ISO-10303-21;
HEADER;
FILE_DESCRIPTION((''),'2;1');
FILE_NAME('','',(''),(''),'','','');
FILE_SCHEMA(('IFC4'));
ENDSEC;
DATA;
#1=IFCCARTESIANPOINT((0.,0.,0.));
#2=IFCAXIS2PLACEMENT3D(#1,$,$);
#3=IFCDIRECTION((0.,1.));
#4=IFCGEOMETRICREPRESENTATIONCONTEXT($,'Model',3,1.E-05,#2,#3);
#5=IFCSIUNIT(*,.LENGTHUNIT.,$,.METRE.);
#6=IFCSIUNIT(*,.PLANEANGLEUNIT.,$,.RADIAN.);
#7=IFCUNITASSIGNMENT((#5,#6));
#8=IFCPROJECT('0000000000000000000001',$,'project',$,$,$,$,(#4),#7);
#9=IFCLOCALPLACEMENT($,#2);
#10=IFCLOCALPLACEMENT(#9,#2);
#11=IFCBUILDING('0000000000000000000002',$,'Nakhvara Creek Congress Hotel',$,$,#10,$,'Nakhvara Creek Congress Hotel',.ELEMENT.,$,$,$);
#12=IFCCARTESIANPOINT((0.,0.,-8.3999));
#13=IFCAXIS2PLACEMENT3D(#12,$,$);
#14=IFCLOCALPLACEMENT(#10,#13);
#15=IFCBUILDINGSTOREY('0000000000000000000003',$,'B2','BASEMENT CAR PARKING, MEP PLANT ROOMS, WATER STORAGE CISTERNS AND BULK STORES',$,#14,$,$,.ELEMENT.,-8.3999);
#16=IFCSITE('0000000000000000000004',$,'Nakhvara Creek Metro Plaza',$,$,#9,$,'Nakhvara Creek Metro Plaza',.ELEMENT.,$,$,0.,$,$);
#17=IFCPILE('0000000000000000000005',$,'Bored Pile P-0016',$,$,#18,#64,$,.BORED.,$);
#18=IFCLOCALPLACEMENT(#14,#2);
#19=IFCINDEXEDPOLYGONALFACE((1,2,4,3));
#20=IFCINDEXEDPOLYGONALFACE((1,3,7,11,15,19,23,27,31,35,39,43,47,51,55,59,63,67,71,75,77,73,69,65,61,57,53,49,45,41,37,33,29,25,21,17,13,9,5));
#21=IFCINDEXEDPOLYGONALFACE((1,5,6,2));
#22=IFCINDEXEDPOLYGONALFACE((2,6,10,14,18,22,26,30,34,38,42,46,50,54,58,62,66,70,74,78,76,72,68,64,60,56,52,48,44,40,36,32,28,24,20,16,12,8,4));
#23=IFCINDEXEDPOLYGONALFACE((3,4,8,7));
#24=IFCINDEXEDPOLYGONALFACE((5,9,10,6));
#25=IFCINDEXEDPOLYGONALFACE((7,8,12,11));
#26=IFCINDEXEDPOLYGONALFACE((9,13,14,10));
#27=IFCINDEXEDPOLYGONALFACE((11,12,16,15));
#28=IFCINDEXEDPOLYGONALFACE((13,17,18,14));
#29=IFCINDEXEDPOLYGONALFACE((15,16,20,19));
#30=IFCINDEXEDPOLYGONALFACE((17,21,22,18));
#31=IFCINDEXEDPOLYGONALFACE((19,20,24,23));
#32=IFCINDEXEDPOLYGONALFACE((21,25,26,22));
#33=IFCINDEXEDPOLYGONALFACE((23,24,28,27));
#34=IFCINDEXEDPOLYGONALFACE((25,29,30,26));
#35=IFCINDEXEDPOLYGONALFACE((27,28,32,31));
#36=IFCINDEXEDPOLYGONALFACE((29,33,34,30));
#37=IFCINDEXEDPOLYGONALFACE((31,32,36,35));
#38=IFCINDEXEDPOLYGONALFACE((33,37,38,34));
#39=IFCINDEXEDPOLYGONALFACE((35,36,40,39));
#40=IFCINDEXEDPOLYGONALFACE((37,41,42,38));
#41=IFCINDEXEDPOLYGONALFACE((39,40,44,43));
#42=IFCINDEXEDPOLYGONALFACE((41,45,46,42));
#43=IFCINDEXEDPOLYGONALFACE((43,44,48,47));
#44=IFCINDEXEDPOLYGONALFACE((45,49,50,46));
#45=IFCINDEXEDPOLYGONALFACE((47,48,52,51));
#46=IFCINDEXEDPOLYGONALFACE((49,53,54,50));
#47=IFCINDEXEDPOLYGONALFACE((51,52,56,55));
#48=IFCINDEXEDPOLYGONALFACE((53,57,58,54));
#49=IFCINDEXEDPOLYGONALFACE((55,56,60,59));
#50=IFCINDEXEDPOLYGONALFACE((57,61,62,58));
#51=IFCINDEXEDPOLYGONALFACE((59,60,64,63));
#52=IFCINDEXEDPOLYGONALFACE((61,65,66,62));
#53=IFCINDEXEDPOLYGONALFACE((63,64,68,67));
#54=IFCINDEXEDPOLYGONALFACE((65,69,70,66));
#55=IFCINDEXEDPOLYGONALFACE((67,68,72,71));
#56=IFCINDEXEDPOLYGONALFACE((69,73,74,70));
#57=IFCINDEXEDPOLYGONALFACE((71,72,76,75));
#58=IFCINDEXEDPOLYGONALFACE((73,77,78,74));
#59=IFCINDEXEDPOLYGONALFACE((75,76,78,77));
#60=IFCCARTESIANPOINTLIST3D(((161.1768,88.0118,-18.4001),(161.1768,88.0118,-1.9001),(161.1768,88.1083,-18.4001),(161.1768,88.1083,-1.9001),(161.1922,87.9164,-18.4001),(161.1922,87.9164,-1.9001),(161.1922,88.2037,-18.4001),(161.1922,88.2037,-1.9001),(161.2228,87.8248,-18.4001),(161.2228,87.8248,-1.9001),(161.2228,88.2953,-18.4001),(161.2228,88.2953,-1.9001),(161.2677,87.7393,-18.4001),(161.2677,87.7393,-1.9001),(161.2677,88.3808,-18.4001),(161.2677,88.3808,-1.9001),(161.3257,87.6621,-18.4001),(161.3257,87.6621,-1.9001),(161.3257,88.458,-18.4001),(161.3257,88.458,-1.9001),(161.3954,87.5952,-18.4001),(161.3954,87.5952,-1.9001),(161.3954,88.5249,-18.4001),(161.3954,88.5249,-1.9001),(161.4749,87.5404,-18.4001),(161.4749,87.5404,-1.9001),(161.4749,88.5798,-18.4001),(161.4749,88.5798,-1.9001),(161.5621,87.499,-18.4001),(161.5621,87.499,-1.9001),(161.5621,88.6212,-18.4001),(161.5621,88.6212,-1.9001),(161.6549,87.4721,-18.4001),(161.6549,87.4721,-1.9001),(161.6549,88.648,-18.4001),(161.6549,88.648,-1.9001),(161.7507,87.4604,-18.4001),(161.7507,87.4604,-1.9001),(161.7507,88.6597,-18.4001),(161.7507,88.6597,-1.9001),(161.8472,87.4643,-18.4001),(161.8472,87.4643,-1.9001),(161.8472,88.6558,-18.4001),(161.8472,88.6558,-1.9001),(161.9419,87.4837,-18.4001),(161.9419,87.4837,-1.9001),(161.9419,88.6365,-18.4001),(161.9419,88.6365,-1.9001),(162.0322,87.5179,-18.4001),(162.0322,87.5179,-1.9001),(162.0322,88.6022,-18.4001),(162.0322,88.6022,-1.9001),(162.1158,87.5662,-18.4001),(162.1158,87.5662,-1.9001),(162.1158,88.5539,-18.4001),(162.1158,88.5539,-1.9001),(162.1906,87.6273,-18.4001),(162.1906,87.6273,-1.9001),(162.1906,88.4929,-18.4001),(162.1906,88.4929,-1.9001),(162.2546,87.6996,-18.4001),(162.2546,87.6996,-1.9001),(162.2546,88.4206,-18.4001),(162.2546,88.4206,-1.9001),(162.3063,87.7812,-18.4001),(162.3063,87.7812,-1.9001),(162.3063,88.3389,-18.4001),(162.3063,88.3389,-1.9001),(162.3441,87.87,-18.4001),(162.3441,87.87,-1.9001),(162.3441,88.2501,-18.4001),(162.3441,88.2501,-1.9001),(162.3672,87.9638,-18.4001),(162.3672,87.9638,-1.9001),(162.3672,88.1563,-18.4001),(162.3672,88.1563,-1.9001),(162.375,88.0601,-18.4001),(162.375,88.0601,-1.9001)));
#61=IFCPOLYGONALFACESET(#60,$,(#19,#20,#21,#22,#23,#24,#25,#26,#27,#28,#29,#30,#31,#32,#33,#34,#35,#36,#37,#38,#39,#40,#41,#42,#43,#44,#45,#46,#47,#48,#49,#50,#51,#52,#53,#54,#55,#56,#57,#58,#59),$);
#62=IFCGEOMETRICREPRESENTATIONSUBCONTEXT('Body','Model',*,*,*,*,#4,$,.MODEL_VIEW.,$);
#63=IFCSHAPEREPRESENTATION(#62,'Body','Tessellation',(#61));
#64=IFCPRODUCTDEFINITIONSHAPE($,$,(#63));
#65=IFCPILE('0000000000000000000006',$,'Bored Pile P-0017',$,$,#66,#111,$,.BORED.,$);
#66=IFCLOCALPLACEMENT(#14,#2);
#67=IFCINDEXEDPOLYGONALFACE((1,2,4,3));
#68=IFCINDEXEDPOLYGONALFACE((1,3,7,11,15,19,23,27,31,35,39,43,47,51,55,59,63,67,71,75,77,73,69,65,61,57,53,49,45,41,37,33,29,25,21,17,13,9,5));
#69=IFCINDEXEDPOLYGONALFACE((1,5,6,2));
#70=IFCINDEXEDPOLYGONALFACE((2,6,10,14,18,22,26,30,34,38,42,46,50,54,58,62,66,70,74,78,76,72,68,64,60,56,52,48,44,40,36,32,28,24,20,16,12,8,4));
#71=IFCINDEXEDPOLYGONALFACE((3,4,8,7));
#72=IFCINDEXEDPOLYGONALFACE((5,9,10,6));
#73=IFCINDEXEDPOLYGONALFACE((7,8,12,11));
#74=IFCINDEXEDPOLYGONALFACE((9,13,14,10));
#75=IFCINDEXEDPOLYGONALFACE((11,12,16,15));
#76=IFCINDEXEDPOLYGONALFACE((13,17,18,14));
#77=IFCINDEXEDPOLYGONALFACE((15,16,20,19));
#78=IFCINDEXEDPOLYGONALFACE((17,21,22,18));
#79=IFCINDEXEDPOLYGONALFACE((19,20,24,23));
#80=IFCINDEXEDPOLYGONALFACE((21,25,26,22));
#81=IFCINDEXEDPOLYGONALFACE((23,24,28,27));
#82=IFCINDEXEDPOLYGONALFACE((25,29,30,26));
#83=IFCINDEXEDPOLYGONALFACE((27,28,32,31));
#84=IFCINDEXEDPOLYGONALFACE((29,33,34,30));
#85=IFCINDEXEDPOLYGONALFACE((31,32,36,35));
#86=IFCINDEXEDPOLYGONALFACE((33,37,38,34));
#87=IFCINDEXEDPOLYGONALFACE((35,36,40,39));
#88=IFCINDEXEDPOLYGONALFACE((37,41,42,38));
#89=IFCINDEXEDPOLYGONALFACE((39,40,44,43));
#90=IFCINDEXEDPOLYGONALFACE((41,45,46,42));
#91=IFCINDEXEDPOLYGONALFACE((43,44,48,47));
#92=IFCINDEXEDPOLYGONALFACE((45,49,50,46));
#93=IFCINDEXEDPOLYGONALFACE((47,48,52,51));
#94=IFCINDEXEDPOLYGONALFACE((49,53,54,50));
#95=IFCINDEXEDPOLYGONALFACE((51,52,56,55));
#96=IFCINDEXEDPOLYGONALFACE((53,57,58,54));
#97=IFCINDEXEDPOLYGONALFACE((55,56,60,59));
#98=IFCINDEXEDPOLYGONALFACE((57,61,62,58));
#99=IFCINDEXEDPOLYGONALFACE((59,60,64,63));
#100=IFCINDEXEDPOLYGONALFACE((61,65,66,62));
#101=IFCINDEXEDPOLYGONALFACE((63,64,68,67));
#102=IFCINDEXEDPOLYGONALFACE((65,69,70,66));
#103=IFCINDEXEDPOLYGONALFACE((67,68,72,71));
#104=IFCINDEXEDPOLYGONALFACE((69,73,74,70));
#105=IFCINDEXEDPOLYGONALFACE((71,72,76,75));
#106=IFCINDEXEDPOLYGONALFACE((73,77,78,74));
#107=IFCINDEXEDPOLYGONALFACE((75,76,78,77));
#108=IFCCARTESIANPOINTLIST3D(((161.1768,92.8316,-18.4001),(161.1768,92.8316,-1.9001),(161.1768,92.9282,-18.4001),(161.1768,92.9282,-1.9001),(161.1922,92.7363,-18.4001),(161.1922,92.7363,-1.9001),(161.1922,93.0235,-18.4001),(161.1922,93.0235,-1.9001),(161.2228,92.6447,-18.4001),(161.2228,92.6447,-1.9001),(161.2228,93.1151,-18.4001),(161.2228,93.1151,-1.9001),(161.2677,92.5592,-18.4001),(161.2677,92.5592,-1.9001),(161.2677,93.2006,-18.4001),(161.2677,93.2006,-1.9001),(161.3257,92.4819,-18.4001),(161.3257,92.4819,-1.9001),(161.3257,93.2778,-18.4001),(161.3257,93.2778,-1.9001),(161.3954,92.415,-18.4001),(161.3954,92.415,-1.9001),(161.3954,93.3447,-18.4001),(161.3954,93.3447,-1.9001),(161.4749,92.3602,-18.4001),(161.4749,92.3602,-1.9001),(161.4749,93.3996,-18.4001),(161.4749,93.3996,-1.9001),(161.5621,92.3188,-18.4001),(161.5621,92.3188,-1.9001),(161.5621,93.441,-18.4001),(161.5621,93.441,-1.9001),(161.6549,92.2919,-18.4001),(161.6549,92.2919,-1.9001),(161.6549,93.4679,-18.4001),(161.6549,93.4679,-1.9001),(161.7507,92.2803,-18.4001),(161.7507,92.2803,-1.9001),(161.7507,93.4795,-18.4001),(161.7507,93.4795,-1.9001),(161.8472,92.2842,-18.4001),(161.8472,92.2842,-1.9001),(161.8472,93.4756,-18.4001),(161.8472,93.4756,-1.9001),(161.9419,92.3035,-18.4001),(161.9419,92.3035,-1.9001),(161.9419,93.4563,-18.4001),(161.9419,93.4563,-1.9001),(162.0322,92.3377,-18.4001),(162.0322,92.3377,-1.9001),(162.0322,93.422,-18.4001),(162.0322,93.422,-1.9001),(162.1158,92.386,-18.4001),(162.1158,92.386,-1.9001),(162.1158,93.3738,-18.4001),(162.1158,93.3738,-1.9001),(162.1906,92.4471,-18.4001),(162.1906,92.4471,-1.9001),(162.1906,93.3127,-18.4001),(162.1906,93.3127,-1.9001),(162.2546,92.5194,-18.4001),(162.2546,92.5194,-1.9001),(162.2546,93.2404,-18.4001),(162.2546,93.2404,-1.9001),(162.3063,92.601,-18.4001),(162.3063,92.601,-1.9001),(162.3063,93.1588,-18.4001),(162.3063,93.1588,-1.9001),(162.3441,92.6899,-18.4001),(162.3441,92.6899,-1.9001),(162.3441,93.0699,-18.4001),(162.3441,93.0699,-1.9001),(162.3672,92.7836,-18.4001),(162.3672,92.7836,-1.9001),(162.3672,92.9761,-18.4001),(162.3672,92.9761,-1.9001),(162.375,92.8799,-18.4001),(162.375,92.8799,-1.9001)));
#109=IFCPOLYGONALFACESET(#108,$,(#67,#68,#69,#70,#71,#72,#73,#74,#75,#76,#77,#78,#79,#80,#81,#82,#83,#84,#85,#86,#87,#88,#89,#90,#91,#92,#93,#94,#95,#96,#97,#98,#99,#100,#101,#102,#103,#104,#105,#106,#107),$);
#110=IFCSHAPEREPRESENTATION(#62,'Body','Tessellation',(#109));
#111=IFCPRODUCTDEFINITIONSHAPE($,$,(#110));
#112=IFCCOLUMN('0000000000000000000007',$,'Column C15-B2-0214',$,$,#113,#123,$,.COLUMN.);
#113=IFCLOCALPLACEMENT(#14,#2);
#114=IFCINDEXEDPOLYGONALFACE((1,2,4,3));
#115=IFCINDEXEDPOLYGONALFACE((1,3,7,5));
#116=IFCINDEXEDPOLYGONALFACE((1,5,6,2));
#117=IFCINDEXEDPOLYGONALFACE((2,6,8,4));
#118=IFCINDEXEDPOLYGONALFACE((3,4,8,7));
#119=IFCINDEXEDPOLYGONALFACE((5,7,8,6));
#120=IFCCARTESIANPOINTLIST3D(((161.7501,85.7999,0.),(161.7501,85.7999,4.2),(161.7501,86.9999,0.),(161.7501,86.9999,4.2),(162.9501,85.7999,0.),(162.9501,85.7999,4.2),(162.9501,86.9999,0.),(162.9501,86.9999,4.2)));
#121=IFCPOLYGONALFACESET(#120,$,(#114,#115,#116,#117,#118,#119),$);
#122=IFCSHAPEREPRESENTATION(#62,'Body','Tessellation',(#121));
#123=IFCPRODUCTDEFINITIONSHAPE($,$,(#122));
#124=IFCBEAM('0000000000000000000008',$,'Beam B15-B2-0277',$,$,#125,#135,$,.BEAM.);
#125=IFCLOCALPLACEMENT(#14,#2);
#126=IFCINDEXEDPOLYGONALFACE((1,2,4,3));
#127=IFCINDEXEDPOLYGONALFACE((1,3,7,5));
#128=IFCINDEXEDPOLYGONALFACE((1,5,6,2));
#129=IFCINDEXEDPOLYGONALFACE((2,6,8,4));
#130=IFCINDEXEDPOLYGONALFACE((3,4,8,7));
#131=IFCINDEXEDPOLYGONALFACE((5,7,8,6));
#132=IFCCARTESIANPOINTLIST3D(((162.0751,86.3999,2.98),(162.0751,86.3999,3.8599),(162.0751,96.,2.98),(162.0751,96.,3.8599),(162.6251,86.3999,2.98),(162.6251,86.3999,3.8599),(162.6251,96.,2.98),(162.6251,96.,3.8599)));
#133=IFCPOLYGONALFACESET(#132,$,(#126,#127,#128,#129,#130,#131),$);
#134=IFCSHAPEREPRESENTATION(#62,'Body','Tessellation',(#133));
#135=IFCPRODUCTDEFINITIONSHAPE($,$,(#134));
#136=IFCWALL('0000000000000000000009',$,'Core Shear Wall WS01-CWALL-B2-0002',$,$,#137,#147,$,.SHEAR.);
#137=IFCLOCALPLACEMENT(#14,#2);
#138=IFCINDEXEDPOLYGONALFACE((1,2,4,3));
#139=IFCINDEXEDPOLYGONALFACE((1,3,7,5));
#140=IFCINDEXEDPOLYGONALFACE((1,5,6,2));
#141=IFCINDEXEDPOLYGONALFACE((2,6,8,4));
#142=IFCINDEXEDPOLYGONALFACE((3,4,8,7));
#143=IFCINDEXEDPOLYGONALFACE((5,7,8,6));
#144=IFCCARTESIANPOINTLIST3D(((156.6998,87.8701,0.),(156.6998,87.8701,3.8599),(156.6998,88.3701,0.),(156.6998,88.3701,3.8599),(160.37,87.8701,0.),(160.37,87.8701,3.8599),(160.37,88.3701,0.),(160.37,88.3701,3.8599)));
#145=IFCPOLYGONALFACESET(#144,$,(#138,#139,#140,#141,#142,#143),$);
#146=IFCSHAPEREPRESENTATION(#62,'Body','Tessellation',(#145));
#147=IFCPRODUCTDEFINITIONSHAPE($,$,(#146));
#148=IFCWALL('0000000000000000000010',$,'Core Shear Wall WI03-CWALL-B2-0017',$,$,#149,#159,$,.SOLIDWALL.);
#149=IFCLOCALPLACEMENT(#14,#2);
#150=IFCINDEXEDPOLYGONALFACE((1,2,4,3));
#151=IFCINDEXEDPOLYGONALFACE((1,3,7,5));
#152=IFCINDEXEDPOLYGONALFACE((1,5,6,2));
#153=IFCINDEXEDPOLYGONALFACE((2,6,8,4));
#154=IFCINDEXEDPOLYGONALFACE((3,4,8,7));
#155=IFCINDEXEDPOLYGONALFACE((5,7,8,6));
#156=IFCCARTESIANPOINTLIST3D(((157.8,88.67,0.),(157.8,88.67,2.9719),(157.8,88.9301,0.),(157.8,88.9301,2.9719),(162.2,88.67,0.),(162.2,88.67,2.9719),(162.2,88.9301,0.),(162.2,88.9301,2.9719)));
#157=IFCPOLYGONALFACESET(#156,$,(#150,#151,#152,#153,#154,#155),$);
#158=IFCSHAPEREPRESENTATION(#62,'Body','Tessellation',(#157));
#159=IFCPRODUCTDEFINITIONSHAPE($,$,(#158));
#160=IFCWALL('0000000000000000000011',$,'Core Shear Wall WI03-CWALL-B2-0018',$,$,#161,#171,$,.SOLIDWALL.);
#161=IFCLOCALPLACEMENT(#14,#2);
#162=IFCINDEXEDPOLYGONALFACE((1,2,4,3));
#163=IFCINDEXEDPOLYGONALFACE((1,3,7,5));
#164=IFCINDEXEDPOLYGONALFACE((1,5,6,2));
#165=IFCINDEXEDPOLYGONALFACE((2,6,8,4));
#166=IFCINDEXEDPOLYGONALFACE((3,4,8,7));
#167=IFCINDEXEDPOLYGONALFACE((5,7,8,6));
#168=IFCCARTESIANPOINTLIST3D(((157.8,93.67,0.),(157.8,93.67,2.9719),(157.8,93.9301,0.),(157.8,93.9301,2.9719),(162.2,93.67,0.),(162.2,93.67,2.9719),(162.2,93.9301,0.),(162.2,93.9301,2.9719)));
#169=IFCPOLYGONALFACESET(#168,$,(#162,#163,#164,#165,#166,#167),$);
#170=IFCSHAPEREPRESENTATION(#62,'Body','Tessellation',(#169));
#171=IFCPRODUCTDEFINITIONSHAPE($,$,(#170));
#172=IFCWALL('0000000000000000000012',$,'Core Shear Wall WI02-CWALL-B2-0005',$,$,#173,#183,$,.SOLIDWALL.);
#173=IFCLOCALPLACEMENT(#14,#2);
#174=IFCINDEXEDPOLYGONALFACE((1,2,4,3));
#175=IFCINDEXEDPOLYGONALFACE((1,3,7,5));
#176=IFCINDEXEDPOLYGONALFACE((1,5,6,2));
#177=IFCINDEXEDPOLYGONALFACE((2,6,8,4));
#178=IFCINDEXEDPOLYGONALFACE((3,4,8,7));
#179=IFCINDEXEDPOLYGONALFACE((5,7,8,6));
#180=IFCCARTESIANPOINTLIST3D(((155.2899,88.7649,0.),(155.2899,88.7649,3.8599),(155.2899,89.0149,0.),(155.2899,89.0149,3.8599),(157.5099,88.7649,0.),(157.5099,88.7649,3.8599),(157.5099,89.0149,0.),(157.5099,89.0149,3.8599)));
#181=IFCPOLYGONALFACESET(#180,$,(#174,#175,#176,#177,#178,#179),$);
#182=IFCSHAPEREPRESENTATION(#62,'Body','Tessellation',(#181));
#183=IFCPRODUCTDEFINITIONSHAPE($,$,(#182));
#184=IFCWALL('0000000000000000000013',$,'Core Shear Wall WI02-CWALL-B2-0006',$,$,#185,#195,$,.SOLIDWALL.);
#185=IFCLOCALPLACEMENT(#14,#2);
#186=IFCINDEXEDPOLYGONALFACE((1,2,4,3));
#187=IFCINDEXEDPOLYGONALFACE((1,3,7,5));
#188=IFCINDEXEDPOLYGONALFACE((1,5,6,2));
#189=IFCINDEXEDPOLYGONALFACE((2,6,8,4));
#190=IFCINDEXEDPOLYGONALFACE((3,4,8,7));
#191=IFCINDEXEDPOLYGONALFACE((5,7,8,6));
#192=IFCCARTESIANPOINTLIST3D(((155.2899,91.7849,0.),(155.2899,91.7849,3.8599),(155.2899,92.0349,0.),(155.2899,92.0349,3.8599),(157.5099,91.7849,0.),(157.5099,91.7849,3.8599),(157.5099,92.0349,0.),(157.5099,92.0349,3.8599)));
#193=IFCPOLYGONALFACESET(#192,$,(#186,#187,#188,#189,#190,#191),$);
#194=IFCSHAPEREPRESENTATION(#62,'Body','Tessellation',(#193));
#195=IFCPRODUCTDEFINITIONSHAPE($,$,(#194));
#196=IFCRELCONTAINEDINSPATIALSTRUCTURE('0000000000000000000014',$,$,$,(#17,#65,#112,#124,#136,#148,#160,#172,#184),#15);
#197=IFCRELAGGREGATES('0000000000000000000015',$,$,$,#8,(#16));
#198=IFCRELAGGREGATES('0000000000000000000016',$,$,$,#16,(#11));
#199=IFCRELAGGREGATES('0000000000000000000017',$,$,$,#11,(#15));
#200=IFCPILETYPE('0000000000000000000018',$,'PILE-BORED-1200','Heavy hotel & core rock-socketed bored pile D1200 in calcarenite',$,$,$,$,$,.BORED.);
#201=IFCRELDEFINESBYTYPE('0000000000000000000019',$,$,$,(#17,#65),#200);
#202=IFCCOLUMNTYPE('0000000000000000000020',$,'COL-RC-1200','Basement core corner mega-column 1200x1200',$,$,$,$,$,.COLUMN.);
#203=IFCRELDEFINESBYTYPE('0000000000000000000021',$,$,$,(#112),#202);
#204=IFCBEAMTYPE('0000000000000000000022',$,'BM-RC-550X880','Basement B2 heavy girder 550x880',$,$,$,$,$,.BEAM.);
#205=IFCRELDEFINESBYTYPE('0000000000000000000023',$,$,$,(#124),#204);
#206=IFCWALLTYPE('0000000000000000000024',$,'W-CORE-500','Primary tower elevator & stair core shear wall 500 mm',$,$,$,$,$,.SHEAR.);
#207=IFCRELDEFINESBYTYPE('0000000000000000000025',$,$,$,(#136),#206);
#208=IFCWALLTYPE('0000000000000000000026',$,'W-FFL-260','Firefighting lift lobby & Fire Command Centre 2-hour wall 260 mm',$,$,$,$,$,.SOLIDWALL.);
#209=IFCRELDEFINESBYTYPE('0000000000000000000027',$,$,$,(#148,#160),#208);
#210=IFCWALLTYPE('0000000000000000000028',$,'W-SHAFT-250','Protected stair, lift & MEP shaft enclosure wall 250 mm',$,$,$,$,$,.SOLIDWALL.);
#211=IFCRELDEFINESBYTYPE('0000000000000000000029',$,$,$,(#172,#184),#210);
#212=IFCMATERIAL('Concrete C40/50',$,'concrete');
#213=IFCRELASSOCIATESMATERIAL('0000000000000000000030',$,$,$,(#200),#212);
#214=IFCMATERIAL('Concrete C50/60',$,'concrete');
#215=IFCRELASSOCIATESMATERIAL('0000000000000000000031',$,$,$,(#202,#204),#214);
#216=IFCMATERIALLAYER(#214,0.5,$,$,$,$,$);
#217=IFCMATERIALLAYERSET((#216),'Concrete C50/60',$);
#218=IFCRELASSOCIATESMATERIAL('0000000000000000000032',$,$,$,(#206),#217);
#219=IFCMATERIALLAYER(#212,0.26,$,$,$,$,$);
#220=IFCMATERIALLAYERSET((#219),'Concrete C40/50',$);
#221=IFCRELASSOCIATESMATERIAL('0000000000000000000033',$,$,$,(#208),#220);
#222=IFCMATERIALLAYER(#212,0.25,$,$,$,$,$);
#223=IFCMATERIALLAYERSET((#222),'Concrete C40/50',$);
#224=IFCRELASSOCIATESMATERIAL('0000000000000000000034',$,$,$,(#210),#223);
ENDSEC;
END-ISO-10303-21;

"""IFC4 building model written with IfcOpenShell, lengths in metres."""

from ifc_helpers import new_model, si_unit, direction, frame, frame_2d, origin, origin_2d, place, context, subcontext, project, spatial, rectangle, circle, extrude, material, layer, layer_set, material_profile, profile_set, type_object, element, save


model = new_model("IFC4")

# Units and contexts
model_context = context("Model", 3, precision=1e-05, world=origin(), true_north=direction((0.0, 1.0)))
body_context = subcontext(model_context, "Body", "Model", "MODEL_VIEW")
ifc_project = project(units=[si_unit("LENGTHUNIT", "METRE"), si_unit("PLANEANGLEUNIT", "RADIAN")], contexts=[model_context])

# Site, building, storey
site_placement = place(None, origin())
site = spatial("IfcSite", under=ifc_project, at=site_placement, Name="Nakhvara Creek Metro Plaza", LongName="Nakhvara Creek Metro Plaza", CompositionType="ELEMENT", RefElevation=0.0)
building_placement = place(site_placement, origin())
building = spatial("IfcBuilding", under=site, at=building_placement, Name="Nakhvara Creek Congress Hotel", LongName="Nakhvara Creek Congress Hotel", CompositionType="ELEMENT")
storey_placement = place(building_placement, frame((0.0, 0.0, -8.3999)))
storey = spatial("IfcBuildingStorey", under=building, at=storey_placement, Name="B2", Description="BASEMENT CAR PARKING, MEP PLANT ROOMS, WATER STORAGE CISTERNS AND BULK STORES", CompositionType="ELEMENT", Elevation=-8.3999)

# Shared definitions
ifc_material_1 = material(Name="Concrete C40/50", Category="concrete")

# Piles
ifc_material_profile_1 = material_profile(ifc_material_1, circle(Radius=0.6001, at=origin_2d()), Name="BORED PILE D1200", Category="LoadBearing")
ifc_profile_set_1 = profile_set([ifc_material_profile_1], Name="Concrete C40/50")
pile_type = type_object("IfcPileType", Name="PILE-BORED-1200", Description="Heavy hotel & core rock-socketed bored pile D1200 in calcarenite", PredefinedType="BORED", material=ifc_profile_set_1)
for number, where, z_axis, x_axis, name in (
    (1, (161.7749, 88.0601, -1.9001), (0.0, 0.0, -1.0), (1.0, 0.0, 0.0), "Bored Pile P-0016"),
    (2, (161.7749, 92.8799, -1.9001), (0.0, 0.0, -1.0), (1.0, 0.0, 0.0), "Bored Pile P-0017"),
):
    element("IfcPile", number, at=place(storey_placement, frame(where, z_axis=z_axis, x_axis=x_axis)), inside=storey, type_object=pile_type, Name=name, PredefinedType="BORED", context=body_context, shape_type="SweptSolid", body=[
        extrude(circle(Radius=0.6001, at=origin_2d()), origin(), (0.0, 0.0, 1.0), 16.5),
    ])

# Column
ifc_material_2 = material(Name="Concrete C50/60", Category="concrete")
ifc_material_profile_2 = material_profile(ifc_material_2, rectangle(XDim=1.2, YDim=1.2, at=origin_2d()), Name="RC-COL 1200x1200", Category="LoadBearing")
ifc_profile_set_2 = profile_set([ifc_material_profile_2], Name="Concrete C50/60")
column_type = type_object("IfcColumnType", Name="COL-RC-1200", Description="Basement core corner mega-column 1200x1200", PredefinedType="COLUMN", material=ifc_profile_set_2)
column_placement = place(storey_placement, frame((162.3501, 86.3999, 0.0), z_axis=(0.0, 0.0, 1.0), x_axis=(1.0, 0.0, 0.0)))
element("IfcColumn", 3, at=column_placement, inside=storey, type_object=column_type, Name="Column C15-B2-0214", PredefinedType="COLUMN", context=body_context, shape_type="SweptSolid", body=[
    extrude(rectangle(XDim=1.2, YDim=1.2, at=origin_2d()), origin(), (0.0, 0.0, 1.0), 4.2),
])

# Beam
ifc_material_profile_3 = material_profile(ifc_material_2, rectangle(XDim=0.55, YDim=0.8799, at=origin_2d()), Name="RC-BM 550x880", Category="LoadBearing")
ifc_profile_set_3 = profile_set([ifc_material_profile_3], Name="Concrete C50/60")
beam_type = type_object("IfcBeamType", Name="BM-RC-550X880", Description="Basement B2 heavy girder 550x880", PredefinedType="BEAM", material=ifc_profile_set_3)
beam_placement = place(storey_placement, frame((162.3501, 86.3999, 3.4199), z_axis=(0.0, 1.0, 0.0), x_axis=(-1.0, 0.0, 0.0)))
element("IfcBeam", 4, at=beam_placement, inside=storey, type_object=beam_type, Name="Beam B15-B2-0277", PredefinedType="BEAM", context=body_context, shape_type="SweptSolid", body=[
    extrude(rectangle(XDim=0.55, YDim=0.8799, at=origin_2d()), origin(), (0.0, 0.0, 1.0), 9.6001),
])

# Wall
ifc_layer_1 = layer(ifc_material_2, 0.5)
ifc_layer_set_1 = layer_set([ifc_layer_1], Name="Concrete C50/60")
wall_type_1 = type_object("IfcWallType", Name="W-CORE-500", Description="Primary tower elevator & stair core shear wall 500 mm", PredefinedType="SHEAR", material=ifc_layer_set_1)
wall_1_placement = place(storey_placement, frame((156.7, 88.1201, 0.0), z_axis=(0.0, 0.0, 1.0), x_axis=(1.0, 0.0, 0.0)))
element("IfcWall", 5, at=wall_1_placement, inside=storey, type_object=wall_type_1, Name="Core Shear Wall WS01-CWALL-B2-0002", PredefinedType="SHEAR", context=body_context, shape_type="SweptSolid", body=[
    extrude(rectangle(XDim=3.6702, YDim=0.5, at=frame_2d((1.835, 0.0))), origin(), (0.0, 0.0, 1.0), 3.8599),
])

# Shared definitions
ifc_layer_2 = layer(ifc_material_1, 0.26)
ifc_layer_set_2 = layer_set([ifc_layer_2], Name="Concrete C40/50")
wall_type_2 = type_object("IfcWallType", Name="W-FFL-260", Description="Firefighting lift lobby & Fire Command Centre 2-hour wall 260 mm", PredefinedType="SOLIDWALL", material=ifc_layer_set_2)

# Walls
for number, where, z_axis, x_axis, name in (
    (6, (157.8, 88.8, 0.0), (0.0, 0.0, 1.0), (1.0, 0.0, 0.0), "Core Shear Wall WI03-CWALL-B2-0017"),
    (7, (157.8, 93.8, 0.0), (0.0, 0.0, 1.0), (1.0, 0.0, 0.0), "Core Shear Wall WI03-CWALL-B2-0018"),
):
    element("IfcWall", number, at=place(storey_placement, frame(where, z_axis=z_axis, x_axis=x_axis)), inside=storey, type_object=wall_type_2, Name=name, PredefinedType="SOLIDWALL", context=body_context, shape_type="SweptSolid", body=[
        extrude(rectangle(XDim=4.3999, YDim=0.26, at=frame_2d((2.2, 0.0))), origin(), (0.0, 0.0, 1.0), 2.9719),
    ])
ifc_layer_3 = layer(ifc_material_1, 0.25)
ifc_layer_set_3 = layer_set([ifc_layer_3], Name="Concrete C40/50")
wall_type_3 = type_object("IfcWallType", Name="W-SHAFT-250", Description="Protected stair, lift & MEP shaft enclosure wall 250 mm", PredefinedType="SOLIDWALL", material=ifc_layer_set_3)
for number, where, z_axis, x_axis, name in (
    (8, (155.29, 88.8899, 0.0), (0.0, 0.0, 1.0), (1.0, 0.0, 0.0), "Core Shear Wall WI02-CWALL-B2-0005"),
    (9, (155.29, 91.9099, 0.0), (0.0, 0.0, 1.0), (1.0, 0.0, 0.0), "Core Shear Wall WI02-CWALL-B2-0006"),
):
    element("IfcWall", number, at=place(storey_placement, frame(where, z_axis=z_axis, x_axis=x_axis)), inside=storey, type_object=wall_type_3, Name=name, PredefinedType="SOLIDWALL", context=body_context, shape_type="SweptSolid", body=[
        extrude(rectangle(XDim=2.22, YDim=0.25, at=frame_2d((1.1099, 0.0))), origin(), (0.0, 0.0, 1.0), 3.8599),
    ])

save(model, "model.ifc")
